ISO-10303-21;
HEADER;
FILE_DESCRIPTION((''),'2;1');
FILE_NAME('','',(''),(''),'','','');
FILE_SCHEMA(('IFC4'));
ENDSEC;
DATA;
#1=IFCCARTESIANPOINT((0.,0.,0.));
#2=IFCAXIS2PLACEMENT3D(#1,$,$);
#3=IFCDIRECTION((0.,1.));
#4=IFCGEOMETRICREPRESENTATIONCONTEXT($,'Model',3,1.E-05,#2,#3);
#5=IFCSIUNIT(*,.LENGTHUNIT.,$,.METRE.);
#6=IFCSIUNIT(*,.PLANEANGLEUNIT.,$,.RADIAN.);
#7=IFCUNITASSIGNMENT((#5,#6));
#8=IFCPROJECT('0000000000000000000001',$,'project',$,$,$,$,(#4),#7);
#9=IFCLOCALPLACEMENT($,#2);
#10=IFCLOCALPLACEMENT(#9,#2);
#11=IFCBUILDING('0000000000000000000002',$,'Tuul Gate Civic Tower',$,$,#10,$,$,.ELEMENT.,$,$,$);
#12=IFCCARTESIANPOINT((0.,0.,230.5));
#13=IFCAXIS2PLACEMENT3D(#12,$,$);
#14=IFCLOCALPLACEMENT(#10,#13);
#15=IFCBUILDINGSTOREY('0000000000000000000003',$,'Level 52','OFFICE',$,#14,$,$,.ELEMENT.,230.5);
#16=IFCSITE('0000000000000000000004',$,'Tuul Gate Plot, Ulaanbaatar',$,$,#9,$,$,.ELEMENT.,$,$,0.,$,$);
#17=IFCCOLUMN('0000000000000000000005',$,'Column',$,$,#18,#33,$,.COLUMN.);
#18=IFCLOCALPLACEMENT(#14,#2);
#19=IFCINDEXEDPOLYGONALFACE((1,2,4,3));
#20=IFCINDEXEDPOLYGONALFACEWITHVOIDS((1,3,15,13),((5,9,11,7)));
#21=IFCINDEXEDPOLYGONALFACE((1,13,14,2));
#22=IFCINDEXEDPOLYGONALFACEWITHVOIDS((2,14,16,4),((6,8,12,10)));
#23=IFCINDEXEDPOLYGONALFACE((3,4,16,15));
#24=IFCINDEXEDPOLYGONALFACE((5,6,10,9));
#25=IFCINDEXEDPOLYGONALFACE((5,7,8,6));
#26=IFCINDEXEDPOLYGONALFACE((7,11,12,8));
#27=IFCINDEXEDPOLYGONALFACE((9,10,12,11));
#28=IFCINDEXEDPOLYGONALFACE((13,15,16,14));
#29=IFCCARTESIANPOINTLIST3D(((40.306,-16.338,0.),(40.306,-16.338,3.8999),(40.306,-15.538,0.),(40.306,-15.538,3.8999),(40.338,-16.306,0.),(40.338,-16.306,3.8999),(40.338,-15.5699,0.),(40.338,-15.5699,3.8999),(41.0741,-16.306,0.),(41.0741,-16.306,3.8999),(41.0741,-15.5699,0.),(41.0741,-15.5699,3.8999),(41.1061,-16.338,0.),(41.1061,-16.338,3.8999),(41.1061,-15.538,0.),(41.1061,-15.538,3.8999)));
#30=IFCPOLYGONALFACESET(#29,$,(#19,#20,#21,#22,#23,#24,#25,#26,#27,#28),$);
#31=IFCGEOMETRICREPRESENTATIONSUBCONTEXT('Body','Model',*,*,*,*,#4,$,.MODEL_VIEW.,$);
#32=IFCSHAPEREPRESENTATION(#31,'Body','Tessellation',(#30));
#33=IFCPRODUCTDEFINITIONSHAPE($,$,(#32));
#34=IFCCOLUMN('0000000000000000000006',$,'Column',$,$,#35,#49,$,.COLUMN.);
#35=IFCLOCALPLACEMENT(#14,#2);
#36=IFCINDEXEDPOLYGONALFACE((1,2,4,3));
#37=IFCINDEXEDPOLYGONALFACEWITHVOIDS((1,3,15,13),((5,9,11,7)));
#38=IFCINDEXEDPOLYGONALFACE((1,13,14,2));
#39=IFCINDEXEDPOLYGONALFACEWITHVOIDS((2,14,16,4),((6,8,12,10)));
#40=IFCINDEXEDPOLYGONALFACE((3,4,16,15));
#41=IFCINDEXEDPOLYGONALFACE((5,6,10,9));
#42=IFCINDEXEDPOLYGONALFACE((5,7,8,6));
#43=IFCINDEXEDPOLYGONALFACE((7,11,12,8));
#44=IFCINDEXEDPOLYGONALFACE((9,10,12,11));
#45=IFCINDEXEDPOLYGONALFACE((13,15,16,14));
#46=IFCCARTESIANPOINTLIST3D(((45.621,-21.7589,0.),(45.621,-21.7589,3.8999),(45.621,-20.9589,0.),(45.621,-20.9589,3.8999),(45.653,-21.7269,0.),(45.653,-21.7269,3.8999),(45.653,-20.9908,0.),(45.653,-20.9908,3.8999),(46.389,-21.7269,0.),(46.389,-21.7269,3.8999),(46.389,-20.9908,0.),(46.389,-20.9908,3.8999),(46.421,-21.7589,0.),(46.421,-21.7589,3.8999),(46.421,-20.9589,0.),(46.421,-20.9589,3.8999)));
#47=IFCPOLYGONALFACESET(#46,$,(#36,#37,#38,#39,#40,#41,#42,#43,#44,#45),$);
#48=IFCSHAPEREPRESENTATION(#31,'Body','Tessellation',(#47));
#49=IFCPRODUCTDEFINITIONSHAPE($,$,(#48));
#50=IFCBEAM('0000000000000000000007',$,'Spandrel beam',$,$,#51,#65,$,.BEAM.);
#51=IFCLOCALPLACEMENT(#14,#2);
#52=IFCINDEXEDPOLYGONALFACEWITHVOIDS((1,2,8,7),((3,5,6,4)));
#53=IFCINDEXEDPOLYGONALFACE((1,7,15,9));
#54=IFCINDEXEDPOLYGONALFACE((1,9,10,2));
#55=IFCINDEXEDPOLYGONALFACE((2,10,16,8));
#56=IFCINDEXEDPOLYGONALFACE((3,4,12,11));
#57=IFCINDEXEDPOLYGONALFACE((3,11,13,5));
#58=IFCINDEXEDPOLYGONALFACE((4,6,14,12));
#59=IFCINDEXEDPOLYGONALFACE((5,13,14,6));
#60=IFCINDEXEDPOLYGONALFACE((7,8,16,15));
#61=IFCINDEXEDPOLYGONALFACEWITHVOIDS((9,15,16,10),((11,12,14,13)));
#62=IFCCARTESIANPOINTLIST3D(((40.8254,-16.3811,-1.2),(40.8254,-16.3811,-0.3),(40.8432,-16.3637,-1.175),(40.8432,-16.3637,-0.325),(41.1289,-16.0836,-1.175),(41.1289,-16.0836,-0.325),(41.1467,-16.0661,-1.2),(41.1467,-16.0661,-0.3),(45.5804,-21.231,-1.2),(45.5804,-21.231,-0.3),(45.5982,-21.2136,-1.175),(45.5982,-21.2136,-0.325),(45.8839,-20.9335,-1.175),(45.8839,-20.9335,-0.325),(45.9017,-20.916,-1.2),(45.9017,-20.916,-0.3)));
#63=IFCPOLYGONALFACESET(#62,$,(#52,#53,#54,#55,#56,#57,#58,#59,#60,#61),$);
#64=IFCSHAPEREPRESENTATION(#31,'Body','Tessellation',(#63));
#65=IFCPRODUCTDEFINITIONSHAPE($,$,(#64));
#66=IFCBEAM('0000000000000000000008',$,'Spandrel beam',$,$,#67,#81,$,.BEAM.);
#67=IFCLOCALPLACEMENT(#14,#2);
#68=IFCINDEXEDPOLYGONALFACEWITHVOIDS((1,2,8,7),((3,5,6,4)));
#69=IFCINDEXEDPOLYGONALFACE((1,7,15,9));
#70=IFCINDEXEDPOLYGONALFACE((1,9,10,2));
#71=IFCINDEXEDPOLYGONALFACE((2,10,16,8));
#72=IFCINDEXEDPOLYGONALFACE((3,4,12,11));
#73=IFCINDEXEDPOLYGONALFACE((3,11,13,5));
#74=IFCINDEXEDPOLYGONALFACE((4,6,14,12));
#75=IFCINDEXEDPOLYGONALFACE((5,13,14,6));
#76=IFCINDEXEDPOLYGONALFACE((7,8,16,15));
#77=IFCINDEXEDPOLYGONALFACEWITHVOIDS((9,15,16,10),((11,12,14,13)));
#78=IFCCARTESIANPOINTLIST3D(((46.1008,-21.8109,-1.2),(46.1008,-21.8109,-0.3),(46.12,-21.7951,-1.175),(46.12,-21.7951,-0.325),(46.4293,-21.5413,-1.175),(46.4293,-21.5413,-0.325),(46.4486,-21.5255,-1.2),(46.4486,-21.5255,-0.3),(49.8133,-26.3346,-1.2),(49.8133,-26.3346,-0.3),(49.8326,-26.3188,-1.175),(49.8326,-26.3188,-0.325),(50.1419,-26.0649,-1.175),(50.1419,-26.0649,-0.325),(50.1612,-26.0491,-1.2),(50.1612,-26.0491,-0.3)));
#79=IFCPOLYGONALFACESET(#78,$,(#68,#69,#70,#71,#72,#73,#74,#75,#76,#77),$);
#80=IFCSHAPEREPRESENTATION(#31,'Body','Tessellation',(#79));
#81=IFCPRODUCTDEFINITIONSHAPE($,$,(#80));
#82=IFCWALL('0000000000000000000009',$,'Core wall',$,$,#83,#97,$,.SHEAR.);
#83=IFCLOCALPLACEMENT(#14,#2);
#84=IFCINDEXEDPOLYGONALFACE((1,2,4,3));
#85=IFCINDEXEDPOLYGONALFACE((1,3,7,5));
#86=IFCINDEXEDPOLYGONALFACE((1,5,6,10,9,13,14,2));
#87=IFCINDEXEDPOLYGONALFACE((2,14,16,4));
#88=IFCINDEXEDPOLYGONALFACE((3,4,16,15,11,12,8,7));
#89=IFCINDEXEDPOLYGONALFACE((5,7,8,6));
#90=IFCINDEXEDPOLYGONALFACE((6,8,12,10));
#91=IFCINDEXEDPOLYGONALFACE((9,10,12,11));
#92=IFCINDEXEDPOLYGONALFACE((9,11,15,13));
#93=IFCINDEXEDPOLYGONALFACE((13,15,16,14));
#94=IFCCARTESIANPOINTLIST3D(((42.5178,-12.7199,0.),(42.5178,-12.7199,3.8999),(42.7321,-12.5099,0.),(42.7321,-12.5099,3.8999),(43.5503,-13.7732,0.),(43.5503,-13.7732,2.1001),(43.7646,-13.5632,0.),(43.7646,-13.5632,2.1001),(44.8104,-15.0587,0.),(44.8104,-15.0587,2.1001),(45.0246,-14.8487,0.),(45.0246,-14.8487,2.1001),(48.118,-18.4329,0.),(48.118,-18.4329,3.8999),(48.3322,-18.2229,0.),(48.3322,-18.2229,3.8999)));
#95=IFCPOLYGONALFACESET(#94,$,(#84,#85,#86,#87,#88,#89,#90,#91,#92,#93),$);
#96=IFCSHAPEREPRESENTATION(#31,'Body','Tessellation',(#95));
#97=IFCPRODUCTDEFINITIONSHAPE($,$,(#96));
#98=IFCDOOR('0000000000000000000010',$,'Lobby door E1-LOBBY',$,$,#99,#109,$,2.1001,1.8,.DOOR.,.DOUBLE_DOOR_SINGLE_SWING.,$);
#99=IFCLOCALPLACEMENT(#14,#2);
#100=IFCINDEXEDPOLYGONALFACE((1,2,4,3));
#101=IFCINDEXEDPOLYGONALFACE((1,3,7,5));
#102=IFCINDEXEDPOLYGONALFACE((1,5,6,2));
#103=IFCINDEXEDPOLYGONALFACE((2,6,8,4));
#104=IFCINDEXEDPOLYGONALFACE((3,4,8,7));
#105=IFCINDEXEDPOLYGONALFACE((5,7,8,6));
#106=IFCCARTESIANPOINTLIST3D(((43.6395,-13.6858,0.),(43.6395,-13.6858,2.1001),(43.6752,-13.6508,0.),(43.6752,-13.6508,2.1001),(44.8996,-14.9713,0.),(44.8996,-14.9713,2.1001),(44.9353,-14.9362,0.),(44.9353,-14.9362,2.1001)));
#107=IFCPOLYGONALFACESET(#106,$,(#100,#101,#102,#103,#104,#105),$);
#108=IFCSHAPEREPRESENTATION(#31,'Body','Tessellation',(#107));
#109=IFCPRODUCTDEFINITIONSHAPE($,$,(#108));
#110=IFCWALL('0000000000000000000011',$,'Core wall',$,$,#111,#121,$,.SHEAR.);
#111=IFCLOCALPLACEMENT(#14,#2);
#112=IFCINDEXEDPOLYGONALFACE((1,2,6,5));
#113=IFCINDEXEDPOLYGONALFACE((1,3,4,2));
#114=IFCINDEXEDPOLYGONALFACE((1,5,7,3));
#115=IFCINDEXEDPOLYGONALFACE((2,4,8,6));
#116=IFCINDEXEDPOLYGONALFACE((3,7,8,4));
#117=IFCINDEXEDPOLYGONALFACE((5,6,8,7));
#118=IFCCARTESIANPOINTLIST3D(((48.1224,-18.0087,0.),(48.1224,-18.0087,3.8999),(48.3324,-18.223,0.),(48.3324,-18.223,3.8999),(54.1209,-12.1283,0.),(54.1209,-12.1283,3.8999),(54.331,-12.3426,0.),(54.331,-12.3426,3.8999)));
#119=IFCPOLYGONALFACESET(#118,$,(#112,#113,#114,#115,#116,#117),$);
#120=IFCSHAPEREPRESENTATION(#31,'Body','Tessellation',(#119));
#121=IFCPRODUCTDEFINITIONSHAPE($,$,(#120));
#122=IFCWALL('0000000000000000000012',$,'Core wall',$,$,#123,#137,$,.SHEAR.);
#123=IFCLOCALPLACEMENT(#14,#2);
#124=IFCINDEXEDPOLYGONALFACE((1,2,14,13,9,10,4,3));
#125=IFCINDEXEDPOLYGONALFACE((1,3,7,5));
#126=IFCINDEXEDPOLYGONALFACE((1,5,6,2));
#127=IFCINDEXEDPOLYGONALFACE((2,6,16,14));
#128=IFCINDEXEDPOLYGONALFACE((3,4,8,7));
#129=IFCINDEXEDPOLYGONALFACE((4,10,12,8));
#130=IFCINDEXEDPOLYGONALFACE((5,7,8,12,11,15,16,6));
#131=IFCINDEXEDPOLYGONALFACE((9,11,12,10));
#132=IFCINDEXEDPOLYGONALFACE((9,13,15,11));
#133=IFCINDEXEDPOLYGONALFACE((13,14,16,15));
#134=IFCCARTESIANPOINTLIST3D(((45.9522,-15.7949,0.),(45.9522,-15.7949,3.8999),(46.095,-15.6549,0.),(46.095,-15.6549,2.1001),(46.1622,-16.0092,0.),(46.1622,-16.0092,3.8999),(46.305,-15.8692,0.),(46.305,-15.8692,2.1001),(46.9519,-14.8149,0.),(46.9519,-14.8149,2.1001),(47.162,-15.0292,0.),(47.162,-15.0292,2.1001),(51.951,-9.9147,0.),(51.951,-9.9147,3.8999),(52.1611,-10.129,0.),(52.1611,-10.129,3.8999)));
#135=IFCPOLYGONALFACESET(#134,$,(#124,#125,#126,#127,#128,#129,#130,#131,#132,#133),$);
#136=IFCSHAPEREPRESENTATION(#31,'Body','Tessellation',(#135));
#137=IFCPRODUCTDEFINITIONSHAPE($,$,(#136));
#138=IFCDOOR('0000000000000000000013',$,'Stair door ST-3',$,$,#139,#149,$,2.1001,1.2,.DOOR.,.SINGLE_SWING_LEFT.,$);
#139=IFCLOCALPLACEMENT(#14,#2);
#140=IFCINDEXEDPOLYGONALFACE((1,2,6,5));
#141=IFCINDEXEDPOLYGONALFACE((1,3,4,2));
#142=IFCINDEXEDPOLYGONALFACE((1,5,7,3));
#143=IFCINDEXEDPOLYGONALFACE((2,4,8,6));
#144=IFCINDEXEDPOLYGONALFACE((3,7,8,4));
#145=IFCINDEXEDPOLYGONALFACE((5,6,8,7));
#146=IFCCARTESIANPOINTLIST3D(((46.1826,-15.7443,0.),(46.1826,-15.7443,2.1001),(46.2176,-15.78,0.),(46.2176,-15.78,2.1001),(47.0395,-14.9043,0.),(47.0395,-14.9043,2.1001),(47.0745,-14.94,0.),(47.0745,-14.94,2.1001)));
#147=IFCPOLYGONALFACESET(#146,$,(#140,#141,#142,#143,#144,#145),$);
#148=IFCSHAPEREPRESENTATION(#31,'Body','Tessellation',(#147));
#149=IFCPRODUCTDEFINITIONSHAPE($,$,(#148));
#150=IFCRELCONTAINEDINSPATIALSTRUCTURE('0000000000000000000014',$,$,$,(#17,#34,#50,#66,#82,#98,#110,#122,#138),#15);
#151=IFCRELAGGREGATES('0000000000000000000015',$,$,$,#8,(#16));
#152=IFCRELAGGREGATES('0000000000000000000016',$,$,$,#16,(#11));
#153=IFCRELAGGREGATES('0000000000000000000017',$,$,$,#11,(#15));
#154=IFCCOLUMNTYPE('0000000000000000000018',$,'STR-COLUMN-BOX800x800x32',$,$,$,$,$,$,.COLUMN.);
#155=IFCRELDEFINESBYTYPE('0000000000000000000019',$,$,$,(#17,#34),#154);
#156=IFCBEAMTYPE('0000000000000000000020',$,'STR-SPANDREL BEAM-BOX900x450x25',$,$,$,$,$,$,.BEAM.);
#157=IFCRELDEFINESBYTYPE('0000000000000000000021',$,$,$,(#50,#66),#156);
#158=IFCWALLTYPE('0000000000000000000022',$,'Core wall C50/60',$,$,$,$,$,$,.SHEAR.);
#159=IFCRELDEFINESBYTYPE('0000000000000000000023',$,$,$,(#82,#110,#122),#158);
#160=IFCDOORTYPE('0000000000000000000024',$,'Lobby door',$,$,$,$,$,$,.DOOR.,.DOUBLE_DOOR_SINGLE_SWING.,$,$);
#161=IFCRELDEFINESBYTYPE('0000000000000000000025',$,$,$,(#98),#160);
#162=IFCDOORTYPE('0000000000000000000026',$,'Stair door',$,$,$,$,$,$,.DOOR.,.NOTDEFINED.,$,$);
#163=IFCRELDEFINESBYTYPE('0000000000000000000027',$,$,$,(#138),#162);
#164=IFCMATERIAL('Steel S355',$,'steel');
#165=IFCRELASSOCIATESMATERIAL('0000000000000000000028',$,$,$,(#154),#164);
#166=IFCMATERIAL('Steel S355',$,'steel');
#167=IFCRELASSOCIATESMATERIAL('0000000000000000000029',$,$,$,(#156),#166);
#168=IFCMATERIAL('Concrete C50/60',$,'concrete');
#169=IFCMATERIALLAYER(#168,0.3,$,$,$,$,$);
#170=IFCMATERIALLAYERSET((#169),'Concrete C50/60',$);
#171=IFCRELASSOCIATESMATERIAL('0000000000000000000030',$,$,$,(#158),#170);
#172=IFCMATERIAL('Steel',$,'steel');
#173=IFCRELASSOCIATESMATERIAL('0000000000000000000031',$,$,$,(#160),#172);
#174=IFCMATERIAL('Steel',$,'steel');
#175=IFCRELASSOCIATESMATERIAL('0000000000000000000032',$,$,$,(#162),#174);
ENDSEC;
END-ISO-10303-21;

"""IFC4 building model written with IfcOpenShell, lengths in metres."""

from ifc_helpers import new_model, si_unit, direction, frame, frame_2d, origin, origin_2d, place, context, subcontext, project, spatial, rectangle, hollow_rectangle, extrude, material, layer, layer_set, material_profile, profile_set, type_object, element, fill, save


model = new_model("IFC4")

# Units and contexts
model_context = context("Model", 3, precision=1e-05, world=origin(), true_north=direction((0.0, 1.0)))
body_context = subcontext(model_context, "Body", "Model", "MODEL_VIEW")
ifc_project = project(units=[si_unit("LENGTHUNIT", "METRE"), si_unit("PLANEANGLEUNIT", "RADIAN")], contexts=[model_context])

# Site, building, storey
site_placement = place(None, origin())
site = spatial("IfcSite", under=ifc_project, at=site_placement, Name="Tuul Gate Plot, Ulaanbaatar", CompositionType="ELEMENT", RefElevation=0.0)
building_placement = place(site_placement, origin())
building = spatial("IfcBuilding", under=site, at=building_placement, Name="Tuul Gate Civic Tower", CompositionType="ELEMENT")
storey_placement = place(building_placement, frame((0.0, 0.0, 230.5)))
storey = spatial("IfcBuildingStorey", under=building, at=storey_placement, Name="Level 52", Description="OFFICE", CompositionType="ELEMENT", Elevation=230.5)

# Columns
ifc_material_1 = material(Name="Steel S355", Category="steel")
ifc_material_profile_1 = material_profile(ifc_material_1, hollow_rectangle(XDim=0.8, YDim=0.8, WallThickness=0.032, at=origin_2d()), Name="BOX800x800x32")
ifc_profile_set_1 = profile_set([ifc_material_profile_1], Name="Steel S355")
column_type = type_object("IfcColumnType", Name="STR-COLUMN-BOX800x800x32", PredefinedType="COLUMN", material=ifc_profile_set_1)
for number, where, z_axis, x_axis, name in (
    (1, (40.7061, -15.938, 0.0), (0.0, 0.0, 1.0), (1.0, 0.0, 0.0), "Column"),
    (2, (46.021, -21.3589, 0.0), (0.0, 0.0, 1.0), (1.0, 0.0, 0.0), "Column"),
):
    element("IfcColumn", number, at=place(storey_placement, frame(where, z_axis=z_axis, x_axis=x_axis)), inside=storey, type_object=column_type, Name=name, PredefinedType="COLUMN", context=body_context, shape_type="SweptSolid", body=[
        extrude(hollow_rectangle(XDim=0.8, YDim=0.8, WallThickness=0.032, at=origin_2d()), origin(), (0.0, 0.0, 1.0), 3.8999),
    ])

# Beams
ifc_material_2 = material(Name="Steel S355", Category="steel")
ifc_material_profile_2 = material_profile(ifc_material_2, hollow_rectangle(XDim=0.45, YDim=0.8999, WallThickness=0.0249, at=origin_2d()), Name="BOX900x450x25")
ifc_profile_set_2 = profile_set([ifc_material_profile_2], Name="Steel S355")
beam_type = type_object("IfcBeamType", Name="STR-SPANDREL BEAM-BOX900x450x25", PredefinedType="BEAM", material=ifc_profile_set_2)
beam_1_placement = place(storey_placement, frame((40.9861, -16.2236, -0.75), z_axis=(0.700081, -0.714064, 0.0), x_axis=(0.714064, 0.700081, 0.0)))
element("IfcBeam", 3, at=beam_1_placement, inside=storey, type_object=beam_type, Name="Spandrel beam", PredefinedType="BEAM", context=body_context, shape_type="SweptSolid", body=[
    extrude(hollow_rectangle(XDim=0.45, YDim=0.8999, WallThickness=0.0249, at=origin_2d()), origin(), (0.0, 0.0, 1.0), 6.792),
])
beam_2_placement = place(storey_placement, frame((46.2747, -21.6682, -0.75), z_axis=(0.634409, -0.772997, 0.0), x_axis=(0.772997, 0.634409, 0.0)))
element("IfcBeam", 4, at=beam_2_placement, inside=storey, type_object=beam_type, Name="Spandrel beam", PredefinedType="BEAM", context=body_context, shape_type="SweptSolid", body=[
    extrude(hollow_rectangle(XDim=0.45, YDim=0.8999, WallThickness=0.0249, at=origin_2d()), origin(), (0.0, 0.0, 1.0), 5.8521),
])

# Wall, opening, door
ifc_material_3 = material(Name="Concrete C50/60", Category="concrete")
ifc_layer_1 = layer(ifc_material_3, 0.3)
ifc_layer_set_1 = layer_set([ifc_layer_1], Name="Concrete C50/60")
wall_type_1 = type_object("IfcWallType", Name="Core wall C50/60", PredefinedType="SHEAR", material=ifc_layer_set_1)
wall_1_placement = place(storey_placement, frame((48.2251, -18.3279, 0.0), z_axis=(0.0, 0.0, 1.0), x_axis=(-0.700022, 0.714121, 0.0)))
wall_1 = element("IfcWall", 5, at=wall_1_placement, inside=storey, type_object=wall_type_1, Name="Core wall", PredefinedType="SHEAR", context=body_context, shape_type="SweptSolid", body=[
    extrude(rectangle(XDim=8.0, YDim=0.3, at=frame_2d((4.0, 0.0))), origin(), (0.0, 0.0, 1.0), 3.8999),
])
opening_1_placement = place(wall_1_placement, frame((4.7251, 0.0, 0.0)))
opening_1 = element("IfcOpeningElement", 6, at=opening_1_placement, cuts=wall_1, PredefinedType="OPENING", context=body_context, shape_type="SweptSolid", body=[
    extrude(rectangle(XDim=1.8, YDim=2.1001, at=frame_2d((0.8999, 1.05))), frame((0.0, 0.1602, 0.0), z_axis=(0.0, -1.0, 0.0), x_axis=(1.0, 0.0, 0.0)), (0.0, 0.0, 1.0), 0.3201),
])
ifc_material_4 = material(Name="Steel", Category="steel")
door_type_1 = type_object("IfcDoorType", Name="Lobby door", OperationType="DOUBLE_DOOR_SINGLE_SWING", PredefinedType="DOOR", material=ifc_material_4)
door_1_placement = place(opening_1_placement, frame((1.8, 0.0, 0.0), z_axis=(0.0, 0.0, 1.0), x_axis=(-1.0, 0.0, 0.0)))
door_1 = element("IfcDoor", 7, at=door_1_placement, inside=storey, type_object=door_type_1, Name="Lobby door E1-LOBBY", OperationType="DOUBLE_DOOR_SINGLE_SWING", OverallHeight=2.1001, OverallWidth=1.8, PredefinedType="DOOR", context=body_context, shape_type="SweptSolid", body=[
    extrude(rectangle(XDim=1.8, YDim=2.1001, at=frame_2d((0.9001, 1.05))), frame((0.0, 0.0249, 0.0), z_axis=(0.0, -1.0, 0.0), x_axis=(1.0, 0.0, 0.0)), (0.0, 0.0, 1.0), 0.05),
])
fill(opening_1, door_1)

# Wall
wall_2_placement = place(storey_placement, frame((48.2273, -18.116, 0.0), z_axis=(0.0, 0.0, 1.0), x_axis=(0.714105, 0.700038, 0.0)))
element("IfcWall", 8, at=wall_2_placement, inside=storey, type_object=wall_type_1, Name="Core wall", PredefinedType="SHEAR", context=body_context, shape_type="SweptSolid", body=[
    extrude(rectangle(XDim=8.4001, YDim=0.3, at=frame_2d((4.2002, 0.0))), origin(), (0.0, 0.0, 1.0), 3.8999),
])

# Wall, opening, door
wall_3_placement = place(storey_placement, frame((46.0571, -15.9021, 0.0), z_axis=(0.0, 0.0, 1.0), x_axis=(0.714134, 0.700009, 0.0)))
wall_3 = element("IfcWall", 9, at=wall_3_placement, inside=storey, type_object=wall_type_1, Name="Core wall", PredefinedType="SHEAR", context=body_context, shape_type="SweptSolid", body=[
    extrude(rectangle(XDim=8.4001, YDim=0.3, at=frame_2d((4.2002, 0.0))), origin(), (0.0, 0.0, 1.0), 3.8999),
])
opening_2_placement = place(wall_3_placement, frame((0.2, 0.0, 0.0)))
opening_2 = element("IfcOpeningElement", 10, at=opening_2_placement, cuts=wall_3, PredefinedType="OPENING", context=body_context, shape_type="SweptSolid", body=[
    extrude(rectangle(XDim=1.2, YDim=2.1001, at=frame_2d((0.6001, 1.05))), frame((0.0, 0.1602, 0.0), z_axis=(0.0, -1.0, 0.0), x_axis=(1.0, 0.0, 0.0)), (0.0, 0.0, 1.0), 0.3201),
])
ifc_material_5 = material(Name="Steel", Category="steel")
door_type_2 = type_object("IfcDoorType", Name="Stair door", OperationType="NOTDEFINED", PredefinedType="DOOR", material=ifc_material_5)
door_2_placement = place(opening_2_placement, origin())
door_2 = element("IfcDoor", 11, at=door_2_placement, inside=storey, type_object=door_type_2, Name="Stair door ST-3", OperationType="SINGLE_SWING_LEFT", OverallHeight=2.1001, OverallWidth=1.2, PredefinedType="DOOR", context=body_context, shape_type="SweptSolid", body=[
    extrude(rectangle(XDim=1.2, YDim=2.1001, at=frame_2d((0.6001, 1.05))), frame((0.0, 0.0249, 0.0), z_axis=(0.0, -1.0, 0.0), x_axis=(1.0, 0.0, 0.0)), (0.0, 0.0, 1.0), 0.05),
])
fill(opening_2, door_2)

save(model, "model.ifc")
